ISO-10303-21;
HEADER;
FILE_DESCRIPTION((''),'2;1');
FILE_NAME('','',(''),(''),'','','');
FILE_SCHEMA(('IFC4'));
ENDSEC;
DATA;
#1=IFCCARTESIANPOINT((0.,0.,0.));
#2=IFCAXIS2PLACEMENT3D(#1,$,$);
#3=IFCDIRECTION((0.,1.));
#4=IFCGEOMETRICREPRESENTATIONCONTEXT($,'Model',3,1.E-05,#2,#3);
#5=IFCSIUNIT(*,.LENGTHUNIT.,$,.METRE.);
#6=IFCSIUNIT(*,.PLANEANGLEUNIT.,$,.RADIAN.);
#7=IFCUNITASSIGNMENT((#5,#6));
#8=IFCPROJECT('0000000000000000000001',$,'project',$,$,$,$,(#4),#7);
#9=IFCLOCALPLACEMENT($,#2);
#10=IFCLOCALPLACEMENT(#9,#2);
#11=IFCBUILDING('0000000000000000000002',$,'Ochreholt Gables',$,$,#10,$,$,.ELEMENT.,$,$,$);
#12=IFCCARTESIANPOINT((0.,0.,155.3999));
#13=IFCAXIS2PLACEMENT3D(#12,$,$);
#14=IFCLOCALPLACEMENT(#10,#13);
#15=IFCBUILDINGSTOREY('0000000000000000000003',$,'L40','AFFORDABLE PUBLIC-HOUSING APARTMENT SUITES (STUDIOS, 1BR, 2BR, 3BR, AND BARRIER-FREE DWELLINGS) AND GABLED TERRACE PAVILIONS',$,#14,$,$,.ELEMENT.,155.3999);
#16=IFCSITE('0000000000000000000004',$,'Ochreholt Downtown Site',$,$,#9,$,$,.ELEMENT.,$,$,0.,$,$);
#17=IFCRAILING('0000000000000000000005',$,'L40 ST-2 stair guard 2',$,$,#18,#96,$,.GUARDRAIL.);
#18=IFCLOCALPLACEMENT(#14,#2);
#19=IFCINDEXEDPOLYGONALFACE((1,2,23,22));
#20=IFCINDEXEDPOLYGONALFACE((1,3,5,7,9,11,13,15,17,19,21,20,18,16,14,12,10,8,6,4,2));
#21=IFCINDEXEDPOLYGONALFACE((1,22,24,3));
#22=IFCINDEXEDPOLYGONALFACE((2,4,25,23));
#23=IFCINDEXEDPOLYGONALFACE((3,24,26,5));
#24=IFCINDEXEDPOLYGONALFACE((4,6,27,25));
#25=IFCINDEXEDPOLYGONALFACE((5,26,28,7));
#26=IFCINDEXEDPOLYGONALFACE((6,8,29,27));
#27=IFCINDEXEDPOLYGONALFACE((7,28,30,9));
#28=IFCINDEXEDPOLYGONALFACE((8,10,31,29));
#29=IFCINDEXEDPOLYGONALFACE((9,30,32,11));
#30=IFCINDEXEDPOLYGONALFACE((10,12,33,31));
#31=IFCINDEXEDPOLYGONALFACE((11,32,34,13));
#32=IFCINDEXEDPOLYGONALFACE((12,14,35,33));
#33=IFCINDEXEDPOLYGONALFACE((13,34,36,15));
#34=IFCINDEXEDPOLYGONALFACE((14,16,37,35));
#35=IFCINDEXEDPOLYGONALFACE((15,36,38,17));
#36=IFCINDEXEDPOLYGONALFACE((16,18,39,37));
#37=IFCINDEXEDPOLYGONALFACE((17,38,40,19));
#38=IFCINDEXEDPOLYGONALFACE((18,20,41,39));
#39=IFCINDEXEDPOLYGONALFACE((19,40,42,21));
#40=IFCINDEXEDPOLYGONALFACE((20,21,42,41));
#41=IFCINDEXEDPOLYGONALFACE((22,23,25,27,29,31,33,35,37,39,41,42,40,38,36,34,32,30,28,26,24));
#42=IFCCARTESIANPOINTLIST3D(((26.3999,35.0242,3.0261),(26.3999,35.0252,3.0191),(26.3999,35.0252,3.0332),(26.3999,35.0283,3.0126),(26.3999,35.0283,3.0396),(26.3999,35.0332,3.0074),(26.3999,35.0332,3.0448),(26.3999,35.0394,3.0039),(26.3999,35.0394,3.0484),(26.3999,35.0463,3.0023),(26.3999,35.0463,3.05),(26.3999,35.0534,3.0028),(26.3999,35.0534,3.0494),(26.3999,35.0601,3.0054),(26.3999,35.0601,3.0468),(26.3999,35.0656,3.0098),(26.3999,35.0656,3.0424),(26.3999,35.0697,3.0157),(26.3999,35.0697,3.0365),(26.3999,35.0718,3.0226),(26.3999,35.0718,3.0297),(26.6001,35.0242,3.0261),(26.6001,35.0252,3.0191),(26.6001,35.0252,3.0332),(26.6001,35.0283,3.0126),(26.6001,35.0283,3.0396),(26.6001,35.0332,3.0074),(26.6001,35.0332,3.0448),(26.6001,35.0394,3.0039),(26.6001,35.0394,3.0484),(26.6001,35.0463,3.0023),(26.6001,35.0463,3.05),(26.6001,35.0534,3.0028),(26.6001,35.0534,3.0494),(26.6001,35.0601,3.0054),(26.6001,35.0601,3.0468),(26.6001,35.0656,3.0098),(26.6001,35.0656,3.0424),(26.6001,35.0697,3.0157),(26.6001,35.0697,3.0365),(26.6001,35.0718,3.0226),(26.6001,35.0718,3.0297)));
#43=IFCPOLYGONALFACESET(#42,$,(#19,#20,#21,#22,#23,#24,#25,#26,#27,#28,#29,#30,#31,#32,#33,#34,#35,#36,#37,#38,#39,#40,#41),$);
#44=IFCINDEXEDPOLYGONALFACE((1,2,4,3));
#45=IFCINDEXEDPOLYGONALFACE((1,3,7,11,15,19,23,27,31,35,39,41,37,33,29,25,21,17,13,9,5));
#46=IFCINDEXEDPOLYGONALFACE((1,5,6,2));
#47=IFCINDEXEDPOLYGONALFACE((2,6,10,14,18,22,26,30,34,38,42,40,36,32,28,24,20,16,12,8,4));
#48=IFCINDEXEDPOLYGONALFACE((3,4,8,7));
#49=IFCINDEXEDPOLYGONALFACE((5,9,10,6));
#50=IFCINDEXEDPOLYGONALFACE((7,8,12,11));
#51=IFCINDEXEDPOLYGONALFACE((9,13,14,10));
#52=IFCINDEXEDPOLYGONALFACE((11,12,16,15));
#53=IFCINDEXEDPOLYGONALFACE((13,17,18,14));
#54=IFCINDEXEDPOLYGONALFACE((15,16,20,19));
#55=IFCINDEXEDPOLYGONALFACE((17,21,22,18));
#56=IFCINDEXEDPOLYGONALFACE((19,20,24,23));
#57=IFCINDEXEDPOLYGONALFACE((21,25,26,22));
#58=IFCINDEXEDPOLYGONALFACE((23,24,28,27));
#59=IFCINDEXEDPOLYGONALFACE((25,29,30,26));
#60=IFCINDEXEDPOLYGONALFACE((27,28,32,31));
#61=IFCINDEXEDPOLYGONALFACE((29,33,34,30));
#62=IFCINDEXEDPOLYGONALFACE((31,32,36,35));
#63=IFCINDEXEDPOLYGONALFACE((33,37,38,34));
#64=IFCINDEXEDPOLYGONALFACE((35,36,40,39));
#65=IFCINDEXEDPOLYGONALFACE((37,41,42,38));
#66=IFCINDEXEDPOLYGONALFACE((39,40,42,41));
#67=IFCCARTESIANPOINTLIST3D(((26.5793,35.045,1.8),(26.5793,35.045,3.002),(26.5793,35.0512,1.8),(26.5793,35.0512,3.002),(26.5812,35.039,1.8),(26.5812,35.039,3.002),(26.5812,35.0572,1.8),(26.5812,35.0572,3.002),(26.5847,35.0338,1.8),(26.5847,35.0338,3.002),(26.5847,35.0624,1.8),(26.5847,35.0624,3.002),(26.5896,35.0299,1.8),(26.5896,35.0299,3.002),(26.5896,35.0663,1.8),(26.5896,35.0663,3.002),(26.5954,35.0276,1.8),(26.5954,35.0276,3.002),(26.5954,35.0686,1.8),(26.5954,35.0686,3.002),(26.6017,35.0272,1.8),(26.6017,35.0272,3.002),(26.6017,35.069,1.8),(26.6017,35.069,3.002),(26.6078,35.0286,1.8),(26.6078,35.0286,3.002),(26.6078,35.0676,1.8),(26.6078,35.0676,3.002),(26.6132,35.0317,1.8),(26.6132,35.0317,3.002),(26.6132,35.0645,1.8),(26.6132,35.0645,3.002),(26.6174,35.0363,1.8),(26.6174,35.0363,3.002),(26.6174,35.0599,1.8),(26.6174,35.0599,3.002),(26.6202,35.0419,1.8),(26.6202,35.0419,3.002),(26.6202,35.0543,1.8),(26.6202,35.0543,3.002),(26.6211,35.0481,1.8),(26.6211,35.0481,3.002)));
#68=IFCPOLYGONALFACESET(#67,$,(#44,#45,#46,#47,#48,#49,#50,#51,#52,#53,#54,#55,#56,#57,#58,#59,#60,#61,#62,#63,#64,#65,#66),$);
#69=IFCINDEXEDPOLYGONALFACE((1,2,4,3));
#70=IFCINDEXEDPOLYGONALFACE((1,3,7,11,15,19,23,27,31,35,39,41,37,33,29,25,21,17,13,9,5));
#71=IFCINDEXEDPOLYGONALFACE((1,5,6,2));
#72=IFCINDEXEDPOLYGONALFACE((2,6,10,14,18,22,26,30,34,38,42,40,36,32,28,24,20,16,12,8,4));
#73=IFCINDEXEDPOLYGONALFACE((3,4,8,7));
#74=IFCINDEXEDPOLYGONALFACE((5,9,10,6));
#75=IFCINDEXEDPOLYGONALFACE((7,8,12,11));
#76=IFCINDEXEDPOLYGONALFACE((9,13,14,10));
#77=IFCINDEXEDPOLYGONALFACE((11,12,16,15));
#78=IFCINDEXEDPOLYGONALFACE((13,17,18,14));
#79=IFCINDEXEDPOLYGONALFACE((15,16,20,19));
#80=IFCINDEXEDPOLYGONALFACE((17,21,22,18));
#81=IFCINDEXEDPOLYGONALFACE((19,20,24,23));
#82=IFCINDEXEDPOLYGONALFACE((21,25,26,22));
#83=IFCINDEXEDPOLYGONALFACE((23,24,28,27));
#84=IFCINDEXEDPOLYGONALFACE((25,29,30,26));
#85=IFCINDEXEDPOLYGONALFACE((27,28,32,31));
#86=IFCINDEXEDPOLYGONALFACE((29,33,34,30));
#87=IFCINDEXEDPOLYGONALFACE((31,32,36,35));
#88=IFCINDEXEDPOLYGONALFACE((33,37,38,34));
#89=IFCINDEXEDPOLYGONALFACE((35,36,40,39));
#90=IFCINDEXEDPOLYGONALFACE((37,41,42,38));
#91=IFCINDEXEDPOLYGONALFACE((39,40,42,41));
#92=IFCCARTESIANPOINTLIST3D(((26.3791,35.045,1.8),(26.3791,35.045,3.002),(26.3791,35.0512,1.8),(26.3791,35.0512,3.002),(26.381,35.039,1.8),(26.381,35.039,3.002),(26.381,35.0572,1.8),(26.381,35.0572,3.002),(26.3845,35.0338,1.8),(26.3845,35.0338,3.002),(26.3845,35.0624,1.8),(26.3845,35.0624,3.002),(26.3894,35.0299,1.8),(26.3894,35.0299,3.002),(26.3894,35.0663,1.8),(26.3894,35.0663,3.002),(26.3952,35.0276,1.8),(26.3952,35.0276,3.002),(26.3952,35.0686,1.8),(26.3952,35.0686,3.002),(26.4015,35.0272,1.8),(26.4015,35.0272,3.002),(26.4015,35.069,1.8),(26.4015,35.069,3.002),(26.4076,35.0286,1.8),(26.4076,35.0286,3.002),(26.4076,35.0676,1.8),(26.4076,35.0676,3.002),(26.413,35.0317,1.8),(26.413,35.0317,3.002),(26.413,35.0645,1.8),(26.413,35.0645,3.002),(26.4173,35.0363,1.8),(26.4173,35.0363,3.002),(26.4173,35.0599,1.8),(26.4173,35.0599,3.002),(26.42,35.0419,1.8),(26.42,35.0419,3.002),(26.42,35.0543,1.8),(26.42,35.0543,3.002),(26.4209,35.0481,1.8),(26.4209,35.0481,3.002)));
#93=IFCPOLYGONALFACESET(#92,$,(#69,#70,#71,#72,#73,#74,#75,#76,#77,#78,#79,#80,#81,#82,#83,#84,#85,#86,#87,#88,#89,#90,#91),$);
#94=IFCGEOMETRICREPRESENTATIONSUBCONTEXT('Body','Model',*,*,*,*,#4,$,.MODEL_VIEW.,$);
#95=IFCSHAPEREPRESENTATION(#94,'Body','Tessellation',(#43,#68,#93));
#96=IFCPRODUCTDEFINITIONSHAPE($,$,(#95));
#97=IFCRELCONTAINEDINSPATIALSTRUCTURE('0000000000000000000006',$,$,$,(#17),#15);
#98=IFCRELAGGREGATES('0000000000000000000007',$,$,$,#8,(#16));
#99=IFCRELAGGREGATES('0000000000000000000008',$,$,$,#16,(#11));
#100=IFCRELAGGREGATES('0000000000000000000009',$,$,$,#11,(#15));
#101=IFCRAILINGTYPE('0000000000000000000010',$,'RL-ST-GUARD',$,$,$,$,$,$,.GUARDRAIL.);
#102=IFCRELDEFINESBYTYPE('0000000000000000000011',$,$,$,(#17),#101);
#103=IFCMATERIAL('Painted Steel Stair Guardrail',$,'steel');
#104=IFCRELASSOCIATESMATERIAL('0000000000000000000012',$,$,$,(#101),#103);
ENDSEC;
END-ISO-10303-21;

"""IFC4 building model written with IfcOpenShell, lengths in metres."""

from ifc_helpers import new_model, si_unit, direction, frame, origin, origin_2d, place, context, subcontext, project, spatial, circle, extrude, material, type_object, element, save


model = new_model("IFC4")

# Units and contexts
model_context = context("Model", 3, precision=1e-05, world=origin(), true_north=direction((0.0, 1.0)))
body_context = subcontext(model_context, "Body", "Model", "MODEL_VIEW")
ifc_project = project(units=[si_unit("LENGTHUNIT", "METRE"), si_unit("PLANEANGLEUNIT", "RADIAN")], contexts=[model_context])

# Site, building, storey
site_placement = place(None, origin())
site = spatial("IfcSite", under=ifc_project, at=site_placement, Name="Ochreholt Downtown Site", CompositionType="ELEMENT", RefElevation=0.0)
building_placement = place(site_placement, origin())
building = spatial("IfcBuilding", under=site, at=building_placement, Name="Ochreholt Gables", CompositionType="ELEMENT")
storey_placement = place(building_placement, frame((0.0, 0.0, 155.3999)))
storey = spatial("IfcBuildingStorey", under=building, at=storey_placement, Name="L40", Description="AFFORDABLE PUBLIC-HOUSING APARTMENT SUITES (STUDIOS, 1BR, 2BR, 3BR, AND BARRIER-FREE DWELLINGS) AND GABLED TERRACE PAVILIONS", CompositionType="ELEMENT", Elevation=155.3999)

# Railing
ifc_material_1 = material(Name="Painted Steel Stair Guardrail", Category="steel")
railing_type_1 = type_object("IfcRailingType", Name="RL-ST-GUARD", PredefinedType="GUARDRAIL", material=ifc_material_1)
railing_1_placement = place(storey_placement, frame((26.6001, 35.0481, 1.8)))
element("IfcRailing", 1, at=railing_1_placement, inside=storey, type_object=railing_type_1, Name="L40 ST-2 stair guard 2", PredefinedType="GUARDRAIL", context=body_context, shape_type="SweptSolid", body=[
    extrude(circle(Radius=0.0239, at=origin_2d()), frame((0.0, 0.0, 1.2261), z_axis=(-1.0, 0.0, 0.0), x_axis=(0.0, -1.0, 0.0)), (0.0, 0.0, 1.0), 0.2002),
    extrude(circle(Radius=0.021, at=origin_2d()), origin(), (0.0, 0.0, 1.0), 1.2019),
    extrude(circle(Radius=0.021, at=origin_2d()), frame((-0.2002, 0.0, 0.0)), (0.0, 0.0, 1.0), 1.2019),
])

save(model, "model.ifc")
